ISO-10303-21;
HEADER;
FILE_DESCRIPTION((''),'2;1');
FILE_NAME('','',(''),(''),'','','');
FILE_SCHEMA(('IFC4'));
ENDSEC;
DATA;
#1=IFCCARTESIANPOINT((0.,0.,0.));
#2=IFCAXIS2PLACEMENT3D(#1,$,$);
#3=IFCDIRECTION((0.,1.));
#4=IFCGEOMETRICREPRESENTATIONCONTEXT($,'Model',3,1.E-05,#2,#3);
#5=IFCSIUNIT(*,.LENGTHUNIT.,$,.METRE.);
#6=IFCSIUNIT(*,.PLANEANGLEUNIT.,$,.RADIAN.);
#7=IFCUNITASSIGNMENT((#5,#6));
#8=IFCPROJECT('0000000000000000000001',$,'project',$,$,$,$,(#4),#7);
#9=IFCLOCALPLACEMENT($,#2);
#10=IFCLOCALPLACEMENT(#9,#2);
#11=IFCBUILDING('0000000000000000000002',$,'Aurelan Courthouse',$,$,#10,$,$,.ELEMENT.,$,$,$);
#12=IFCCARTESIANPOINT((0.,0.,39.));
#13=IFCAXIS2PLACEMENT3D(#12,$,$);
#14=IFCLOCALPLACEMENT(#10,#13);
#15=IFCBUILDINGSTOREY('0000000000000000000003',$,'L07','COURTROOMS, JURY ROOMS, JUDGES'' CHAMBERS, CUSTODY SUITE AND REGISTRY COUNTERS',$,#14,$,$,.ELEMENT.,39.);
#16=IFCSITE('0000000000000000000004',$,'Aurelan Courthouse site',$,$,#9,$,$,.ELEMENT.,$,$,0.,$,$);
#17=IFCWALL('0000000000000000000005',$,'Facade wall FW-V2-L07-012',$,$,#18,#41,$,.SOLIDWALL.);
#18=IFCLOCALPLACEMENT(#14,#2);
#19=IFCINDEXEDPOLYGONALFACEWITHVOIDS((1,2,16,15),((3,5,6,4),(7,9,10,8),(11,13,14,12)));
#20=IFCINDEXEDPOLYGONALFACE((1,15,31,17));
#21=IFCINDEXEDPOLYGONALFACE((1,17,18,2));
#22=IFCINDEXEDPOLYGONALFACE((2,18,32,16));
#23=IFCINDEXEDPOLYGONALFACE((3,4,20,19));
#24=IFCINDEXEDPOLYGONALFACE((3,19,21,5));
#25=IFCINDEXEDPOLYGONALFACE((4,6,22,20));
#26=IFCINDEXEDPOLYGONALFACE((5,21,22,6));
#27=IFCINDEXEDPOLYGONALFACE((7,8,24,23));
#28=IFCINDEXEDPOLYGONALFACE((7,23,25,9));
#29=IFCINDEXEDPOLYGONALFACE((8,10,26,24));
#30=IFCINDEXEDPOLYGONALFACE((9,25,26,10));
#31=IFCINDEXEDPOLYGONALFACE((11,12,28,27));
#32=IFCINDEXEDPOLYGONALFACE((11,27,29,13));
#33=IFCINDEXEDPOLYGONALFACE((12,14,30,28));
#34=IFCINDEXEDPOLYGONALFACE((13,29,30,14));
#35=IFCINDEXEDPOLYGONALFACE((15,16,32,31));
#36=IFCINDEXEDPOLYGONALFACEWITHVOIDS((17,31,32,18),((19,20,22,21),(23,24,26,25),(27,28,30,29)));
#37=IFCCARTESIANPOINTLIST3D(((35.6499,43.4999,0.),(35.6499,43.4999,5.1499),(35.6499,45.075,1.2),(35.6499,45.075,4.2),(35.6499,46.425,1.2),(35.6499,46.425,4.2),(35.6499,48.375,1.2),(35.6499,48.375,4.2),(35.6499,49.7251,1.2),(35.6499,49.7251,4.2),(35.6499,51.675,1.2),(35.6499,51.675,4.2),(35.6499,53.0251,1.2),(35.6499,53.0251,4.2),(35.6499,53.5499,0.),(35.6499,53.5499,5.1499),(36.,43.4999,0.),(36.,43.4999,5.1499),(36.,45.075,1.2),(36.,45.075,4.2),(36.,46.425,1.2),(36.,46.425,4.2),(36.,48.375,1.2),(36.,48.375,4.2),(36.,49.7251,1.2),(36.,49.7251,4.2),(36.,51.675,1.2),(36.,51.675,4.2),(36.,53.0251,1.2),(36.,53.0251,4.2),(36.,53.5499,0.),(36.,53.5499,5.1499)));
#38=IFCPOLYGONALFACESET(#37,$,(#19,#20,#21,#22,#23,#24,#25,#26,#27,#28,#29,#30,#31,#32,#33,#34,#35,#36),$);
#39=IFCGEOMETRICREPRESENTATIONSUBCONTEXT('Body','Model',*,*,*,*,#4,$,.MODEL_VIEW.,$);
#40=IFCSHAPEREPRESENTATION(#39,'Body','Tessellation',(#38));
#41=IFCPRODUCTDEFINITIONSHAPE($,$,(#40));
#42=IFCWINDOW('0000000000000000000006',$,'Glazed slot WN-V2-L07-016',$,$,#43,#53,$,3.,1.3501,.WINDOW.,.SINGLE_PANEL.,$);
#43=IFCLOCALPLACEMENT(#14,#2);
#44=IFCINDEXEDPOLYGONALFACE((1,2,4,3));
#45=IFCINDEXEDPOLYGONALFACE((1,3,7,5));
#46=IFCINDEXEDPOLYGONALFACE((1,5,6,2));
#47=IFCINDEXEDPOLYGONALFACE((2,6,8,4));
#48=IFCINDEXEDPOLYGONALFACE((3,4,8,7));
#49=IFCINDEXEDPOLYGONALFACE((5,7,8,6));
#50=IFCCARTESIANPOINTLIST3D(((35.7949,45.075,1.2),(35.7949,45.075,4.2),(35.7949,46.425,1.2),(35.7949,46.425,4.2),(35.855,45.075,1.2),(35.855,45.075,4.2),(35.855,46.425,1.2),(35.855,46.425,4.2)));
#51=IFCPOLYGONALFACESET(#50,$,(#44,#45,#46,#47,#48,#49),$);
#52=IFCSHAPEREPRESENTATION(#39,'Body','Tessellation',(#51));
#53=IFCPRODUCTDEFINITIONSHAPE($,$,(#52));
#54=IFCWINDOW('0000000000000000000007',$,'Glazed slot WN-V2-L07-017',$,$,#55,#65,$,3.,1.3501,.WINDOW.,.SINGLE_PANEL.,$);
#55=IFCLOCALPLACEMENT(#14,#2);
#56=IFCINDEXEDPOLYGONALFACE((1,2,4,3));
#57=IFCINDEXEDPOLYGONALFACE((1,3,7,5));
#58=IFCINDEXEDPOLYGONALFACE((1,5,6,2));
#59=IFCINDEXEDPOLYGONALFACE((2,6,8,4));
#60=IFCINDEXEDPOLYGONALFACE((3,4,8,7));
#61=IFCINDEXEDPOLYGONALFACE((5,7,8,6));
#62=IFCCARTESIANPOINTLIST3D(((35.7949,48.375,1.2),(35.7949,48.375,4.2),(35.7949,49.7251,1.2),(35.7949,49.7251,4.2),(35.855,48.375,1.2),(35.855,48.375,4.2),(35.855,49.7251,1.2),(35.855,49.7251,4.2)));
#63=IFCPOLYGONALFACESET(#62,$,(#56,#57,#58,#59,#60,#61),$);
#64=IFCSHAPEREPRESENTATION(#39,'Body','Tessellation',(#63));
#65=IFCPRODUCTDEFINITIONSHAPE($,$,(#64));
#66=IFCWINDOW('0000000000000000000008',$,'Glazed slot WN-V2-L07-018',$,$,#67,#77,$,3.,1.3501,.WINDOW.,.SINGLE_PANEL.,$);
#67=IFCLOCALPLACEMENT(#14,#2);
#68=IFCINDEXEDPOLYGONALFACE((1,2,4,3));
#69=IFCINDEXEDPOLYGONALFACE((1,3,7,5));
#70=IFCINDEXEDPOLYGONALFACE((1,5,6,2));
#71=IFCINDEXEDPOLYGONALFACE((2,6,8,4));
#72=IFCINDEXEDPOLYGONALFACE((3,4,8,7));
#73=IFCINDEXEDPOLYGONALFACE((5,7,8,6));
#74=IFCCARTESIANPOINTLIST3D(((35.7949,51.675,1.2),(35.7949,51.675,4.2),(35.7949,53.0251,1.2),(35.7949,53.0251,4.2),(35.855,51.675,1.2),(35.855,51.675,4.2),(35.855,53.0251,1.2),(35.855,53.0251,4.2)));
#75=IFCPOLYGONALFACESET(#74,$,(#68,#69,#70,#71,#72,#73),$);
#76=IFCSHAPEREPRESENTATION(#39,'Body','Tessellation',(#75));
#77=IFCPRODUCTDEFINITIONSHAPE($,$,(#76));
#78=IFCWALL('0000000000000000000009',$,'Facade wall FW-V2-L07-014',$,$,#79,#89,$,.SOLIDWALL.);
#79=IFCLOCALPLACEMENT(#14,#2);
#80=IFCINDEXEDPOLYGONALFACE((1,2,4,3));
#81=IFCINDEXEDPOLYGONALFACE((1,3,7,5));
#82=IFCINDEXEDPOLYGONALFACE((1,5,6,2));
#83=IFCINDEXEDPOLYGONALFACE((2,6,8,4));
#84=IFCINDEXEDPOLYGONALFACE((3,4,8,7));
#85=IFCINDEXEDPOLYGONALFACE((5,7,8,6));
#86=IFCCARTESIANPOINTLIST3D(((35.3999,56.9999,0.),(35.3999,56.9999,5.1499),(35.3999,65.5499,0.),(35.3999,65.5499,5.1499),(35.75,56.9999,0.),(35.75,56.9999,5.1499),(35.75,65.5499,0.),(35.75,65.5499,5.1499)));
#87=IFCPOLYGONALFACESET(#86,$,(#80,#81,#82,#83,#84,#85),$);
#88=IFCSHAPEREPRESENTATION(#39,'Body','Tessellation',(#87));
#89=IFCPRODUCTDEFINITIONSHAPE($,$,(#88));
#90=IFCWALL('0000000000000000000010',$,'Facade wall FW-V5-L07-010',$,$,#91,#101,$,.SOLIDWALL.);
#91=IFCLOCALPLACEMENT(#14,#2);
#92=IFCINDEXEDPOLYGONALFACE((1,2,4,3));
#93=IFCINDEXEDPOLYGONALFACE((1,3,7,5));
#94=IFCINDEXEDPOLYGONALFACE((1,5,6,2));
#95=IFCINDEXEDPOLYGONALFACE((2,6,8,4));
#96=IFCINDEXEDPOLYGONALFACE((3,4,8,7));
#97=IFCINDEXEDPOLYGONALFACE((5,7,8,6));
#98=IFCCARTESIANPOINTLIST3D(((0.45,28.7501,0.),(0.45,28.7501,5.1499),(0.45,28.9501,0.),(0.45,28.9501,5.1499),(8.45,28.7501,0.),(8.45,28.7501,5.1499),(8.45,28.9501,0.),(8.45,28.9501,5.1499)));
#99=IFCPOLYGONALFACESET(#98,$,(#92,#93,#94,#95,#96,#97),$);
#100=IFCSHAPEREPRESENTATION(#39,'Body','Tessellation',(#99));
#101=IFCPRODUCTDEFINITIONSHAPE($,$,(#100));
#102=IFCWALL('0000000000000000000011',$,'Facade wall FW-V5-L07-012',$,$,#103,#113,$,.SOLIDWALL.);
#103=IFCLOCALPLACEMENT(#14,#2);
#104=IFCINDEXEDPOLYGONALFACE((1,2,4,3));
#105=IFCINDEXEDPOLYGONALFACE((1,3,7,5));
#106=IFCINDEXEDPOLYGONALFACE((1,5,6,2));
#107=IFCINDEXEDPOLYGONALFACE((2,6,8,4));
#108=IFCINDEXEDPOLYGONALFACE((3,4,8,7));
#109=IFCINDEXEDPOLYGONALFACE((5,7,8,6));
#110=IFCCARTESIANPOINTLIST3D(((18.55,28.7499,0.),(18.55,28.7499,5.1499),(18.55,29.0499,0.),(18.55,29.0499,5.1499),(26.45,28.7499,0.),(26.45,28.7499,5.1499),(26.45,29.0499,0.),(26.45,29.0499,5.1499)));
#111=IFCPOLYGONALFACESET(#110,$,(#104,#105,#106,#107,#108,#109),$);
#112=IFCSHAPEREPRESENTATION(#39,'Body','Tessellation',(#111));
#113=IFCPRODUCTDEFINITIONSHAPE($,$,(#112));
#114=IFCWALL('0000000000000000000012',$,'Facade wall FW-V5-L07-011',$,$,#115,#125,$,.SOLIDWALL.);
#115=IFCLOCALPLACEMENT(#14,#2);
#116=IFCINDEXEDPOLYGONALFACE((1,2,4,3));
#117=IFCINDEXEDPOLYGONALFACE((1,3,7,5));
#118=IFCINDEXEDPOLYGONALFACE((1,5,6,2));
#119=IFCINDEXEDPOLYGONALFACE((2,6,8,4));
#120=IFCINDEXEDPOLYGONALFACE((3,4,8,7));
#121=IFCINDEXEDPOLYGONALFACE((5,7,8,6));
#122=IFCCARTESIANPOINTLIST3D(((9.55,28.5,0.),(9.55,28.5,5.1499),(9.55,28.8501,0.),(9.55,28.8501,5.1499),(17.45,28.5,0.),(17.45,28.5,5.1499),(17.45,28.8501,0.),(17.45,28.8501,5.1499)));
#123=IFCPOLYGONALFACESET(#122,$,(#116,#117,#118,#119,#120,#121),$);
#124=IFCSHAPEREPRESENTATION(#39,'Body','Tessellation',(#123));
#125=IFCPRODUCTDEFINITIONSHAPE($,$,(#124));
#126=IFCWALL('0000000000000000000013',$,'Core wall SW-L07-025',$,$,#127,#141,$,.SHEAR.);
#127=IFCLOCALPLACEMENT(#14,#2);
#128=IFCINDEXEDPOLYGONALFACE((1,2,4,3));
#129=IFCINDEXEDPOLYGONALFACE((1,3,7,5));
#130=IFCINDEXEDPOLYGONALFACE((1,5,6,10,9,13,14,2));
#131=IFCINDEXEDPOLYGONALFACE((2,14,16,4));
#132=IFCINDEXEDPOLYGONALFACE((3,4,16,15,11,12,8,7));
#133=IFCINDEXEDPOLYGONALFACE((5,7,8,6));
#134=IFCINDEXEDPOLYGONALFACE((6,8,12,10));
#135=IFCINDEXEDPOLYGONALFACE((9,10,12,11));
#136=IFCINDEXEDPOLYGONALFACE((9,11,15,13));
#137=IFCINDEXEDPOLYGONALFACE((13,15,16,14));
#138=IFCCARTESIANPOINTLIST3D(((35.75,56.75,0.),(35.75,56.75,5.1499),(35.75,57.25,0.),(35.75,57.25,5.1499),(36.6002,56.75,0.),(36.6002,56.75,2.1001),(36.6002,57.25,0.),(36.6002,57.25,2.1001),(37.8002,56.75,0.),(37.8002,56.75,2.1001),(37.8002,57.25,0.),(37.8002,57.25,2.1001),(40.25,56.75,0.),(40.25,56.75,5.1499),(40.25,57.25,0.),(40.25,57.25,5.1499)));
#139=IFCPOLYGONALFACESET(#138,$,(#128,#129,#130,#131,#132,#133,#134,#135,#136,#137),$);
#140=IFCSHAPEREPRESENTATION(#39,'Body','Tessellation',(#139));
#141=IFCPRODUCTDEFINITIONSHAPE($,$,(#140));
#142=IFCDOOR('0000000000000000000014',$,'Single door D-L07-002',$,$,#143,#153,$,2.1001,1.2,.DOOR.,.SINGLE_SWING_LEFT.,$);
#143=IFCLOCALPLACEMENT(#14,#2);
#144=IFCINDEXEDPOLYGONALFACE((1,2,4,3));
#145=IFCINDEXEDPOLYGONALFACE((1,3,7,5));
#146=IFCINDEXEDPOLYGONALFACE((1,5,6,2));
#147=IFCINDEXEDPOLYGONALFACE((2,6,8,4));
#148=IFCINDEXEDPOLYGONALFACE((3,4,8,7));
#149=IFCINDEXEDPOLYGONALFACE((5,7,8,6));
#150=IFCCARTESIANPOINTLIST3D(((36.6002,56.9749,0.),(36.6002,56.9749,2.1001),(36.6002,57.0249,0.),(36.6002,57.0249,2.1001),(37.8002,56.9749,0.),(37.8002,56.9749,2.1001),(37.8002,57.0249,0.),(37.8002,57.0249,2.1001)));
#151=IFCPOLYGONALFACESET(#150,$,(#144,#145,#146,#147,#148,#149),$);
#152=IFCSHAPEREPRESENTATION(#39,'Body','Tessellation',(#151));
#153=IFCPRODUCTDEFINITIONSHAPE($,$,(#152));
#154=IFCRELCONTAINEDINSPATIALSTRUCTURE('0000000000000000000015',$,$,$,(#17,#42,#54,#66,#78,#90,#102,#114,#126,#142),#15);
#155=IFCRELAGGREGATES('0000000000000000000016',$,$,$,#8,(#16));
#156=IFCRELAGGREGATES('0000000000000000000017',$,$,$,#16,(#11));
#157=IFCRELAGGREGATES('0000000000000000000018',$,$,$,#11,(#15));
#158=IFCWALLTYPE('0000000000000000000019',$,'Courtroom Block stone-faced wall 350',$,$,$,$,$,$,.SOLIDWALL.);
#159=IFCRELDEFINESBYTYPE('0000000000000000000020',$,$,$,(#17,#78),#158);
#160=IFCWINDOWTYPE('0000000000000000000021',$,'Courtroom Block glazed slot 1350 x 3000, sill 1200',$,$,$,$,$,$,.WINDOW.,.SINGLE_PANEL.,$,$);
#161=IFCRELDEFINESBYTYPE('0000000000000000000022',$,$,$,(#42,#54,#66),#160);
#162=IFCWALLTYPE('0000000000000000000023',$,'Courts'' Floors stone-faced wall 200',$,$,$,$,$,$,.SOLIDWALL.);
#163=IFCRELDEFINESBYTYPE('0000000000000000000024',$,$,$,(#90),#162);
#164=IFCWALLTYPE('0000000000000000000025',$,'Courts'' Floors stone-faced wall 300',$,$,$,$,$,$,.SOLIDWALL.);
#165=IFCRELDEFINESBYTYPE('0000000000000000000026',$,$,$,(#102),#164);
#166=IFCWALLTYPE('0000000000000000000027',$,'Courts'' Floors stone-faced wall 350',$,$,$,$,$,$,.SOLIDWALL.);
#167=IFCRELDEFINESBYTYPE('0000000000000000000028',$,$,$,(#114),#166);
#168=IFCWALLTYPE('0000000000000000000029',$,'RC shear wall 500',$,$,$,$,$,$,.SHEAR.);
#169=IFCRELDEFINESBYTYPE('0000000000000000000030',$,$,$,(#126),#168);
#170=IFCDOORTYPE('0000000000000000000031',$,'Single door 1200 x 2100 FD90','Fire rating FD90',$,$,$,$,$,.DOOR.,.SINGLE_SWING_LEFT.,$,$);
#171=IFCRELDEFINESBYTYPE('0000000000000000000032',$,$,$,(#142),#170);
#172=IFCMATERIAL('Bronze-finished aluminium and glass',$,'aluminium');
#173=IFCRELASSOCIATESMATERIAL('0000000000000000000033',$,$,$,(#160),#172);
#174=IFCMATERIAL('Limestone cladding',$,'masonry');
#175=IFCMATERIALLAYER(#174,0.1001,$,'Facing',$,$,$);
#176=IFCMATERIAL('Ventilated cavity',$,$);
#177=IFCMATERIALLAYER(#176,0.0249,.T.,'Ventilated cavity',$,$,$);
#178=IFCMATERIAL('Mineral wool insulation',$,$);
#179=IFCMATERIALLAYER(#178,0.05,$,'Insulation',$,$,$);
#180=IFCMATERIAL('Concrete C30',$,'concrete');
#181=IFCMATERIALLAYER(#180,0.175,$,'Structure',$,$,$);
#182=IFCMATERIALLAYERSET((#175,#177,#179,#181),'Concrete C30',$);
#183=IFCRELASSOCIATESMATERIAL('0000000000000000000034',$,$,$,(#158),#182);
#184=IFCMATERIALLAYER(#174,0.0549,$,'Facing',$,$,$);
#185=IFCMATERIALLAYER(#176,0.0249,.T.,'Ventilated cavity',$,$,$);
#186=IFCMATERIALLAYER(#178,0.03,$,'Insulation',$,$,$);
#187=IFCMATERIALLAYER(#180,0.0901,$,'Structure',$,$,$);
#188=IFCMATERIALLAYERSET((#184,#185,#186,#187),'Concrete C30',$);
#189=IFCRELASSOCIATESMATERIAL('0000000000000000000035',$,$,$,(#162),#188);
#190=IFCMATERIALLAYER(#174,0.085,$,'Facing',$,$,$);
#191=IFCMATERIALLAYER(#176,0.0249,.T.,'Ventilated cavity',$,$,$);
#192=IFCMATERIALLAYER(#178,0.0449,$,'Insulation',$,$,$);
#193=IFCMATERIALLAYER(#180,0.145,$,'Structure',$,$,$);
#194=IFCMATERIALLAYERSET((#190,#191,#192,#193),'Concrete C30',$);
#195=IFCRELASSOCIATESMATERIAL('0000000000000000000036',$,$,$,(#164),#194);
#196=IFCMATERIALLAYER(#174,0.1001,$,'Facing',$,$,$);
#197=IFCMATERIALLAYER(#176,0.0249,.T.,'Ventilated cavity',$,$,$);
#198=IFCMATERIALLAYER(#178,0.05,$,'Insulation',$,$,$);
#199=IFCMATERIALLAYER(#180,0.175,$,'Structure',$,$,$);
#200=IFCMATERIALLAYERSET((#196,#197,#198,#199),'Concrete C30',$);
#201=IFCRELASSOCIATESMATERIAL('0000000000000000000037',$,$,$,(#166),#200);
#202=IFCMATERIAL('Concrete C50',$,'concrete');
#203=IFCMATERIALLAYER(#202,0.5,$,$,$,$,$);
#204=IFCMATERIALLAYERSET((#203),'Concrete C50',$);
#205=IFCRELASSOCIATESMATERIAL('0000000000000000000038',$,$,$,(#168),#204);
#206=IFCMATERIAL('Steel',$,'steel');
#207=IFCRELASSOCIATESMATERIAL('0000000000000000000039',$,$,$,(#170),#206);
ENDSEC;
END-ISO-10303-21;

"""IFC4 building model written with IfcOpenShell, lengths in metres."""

from ifc_helpers import new_model, si_unit, direction, frame, frame_2d, origin, place, context, subcontext, project, spatial, rectangle, extrude, material, layer, layer_set, type_object, element, fill, save


model = new_model("IFC4")

# Units and contexts
model_context = context("Model", 3, precision=1e-05, world=origin(), true_north=direction((0.0, 1.0)))
body_context = subcontext(model_context, "Body", "Model", "MODEL_VIEW")
ifc_project = project(units=[si_unit("LENGTHUNIT", "METRE"), si_unit("PLANEANGLEUNIT", "RADIAN")], contexts=[model_context])

# Site, building, storey
site_placement = place(None, origin())
site = spatial("IfcSite", under=ifc_project, at=site_placement, Name="Aurelan Courthouse site", CompositionType="ELEMENT", RefElevation=0.0)
building_placement = place(site_placement, origin())
building = spatial("IfcBuilding", under=site, at=building_placement, Name="Aurelan Courthouse", CompositionType="ELEMENT")
storey_placement = place(building_placement, frame((0.0, 0.0, 39.0)))
storey = spatial("IfcBuildingStorey", under=building, at=storey_placement, Name="L07", Description="COURTROOMS, JURY ROOMS, JUDGES' CHAMBERS, CUSTODY SUITE AND REGISTRY COUNTERS", CompositionType="ELEMENT", Elevation=39.0)

# Shared definitions
ifc_material_1 = material(Name="Concrete C50", Category="concrete")

# Shared definitions
ifc_material_2 = material(Name="Limestone cladding", Category="masonry")
ifc_material_3 = material(Name="Ventilated cavity")
ifc_material_4 = material(Name="Mineral wool insulation")
ifc_material_5 = material(Name="Concrete C30", Category="concrete")
ifc_material_6 = material(Name="Bronze-finished aluminium and glass", Category="aluminium")
window_type = type_object("IfcWindowType", Name="Courtroom Block glazed slot 1350 x 3000, sill 1200", PartitioningType="SINGLE_PANEL", PredefinedType="WINDOW", material=ifc_material_6)

# Wall, openings, windows
ifc_layer_1 = layer(ifc_material_2, 0.1001, Name="Facing")
ifc_layer_2 = layer(ifc_material_3, 0.0249, ventilated=True, Name="Ventilated cavity")
ifc_layer_3 = layer(ifc_material_4, 0.05, Name="Insulation")
ifc_layer_4 = layer(ifc_material_5, 0.175, Name="Structure")
ifc_layer_set_1 = layer_set([ifc_layer_1, ifc_layer_2, ifc_layer_3, ifc_layer_4], Name="Concrete C30")
wall_type_1 = type_object("IfcWallType", Name="Courtroom Block stone-faced wall 350", PredefinedType="SOLIDWALL", material=ifc_layer_set_1)
wall_1_placement = place(storey_placement, frame((35.825, 43.5, 0.0), z_axis=(0.0, 0.0, 1.0), x_axis=(0.0, 1.0, 0.0)))
wall_1 = element("IfcWall", 1, at=wall_1_placement, inside=storey, type_object=wall_type_1, Name="Facade wall FW-V2-L07-012", PredefinedType="SOLIDWALL", context=body_context, shape_type="SweptSolid", body=[
    extrude(rectangle(XDim=10.05, YDim=0.3501, at=frame_2d((5.0249, 0.0))), origin(), (0.0, 0.0, 1.0), 5.1499),
])
opening_1_placement = place(wall_1_placement, frame((1.575, 0.0, 1.2)))
opening_1 = element("IfcOpeningElement", 2, at=opening_1_placement, cuts=wall_1, PredefinedType="OPENING", context=body_context, shape_type="SweptSolid", body=[
    extrude(rectangle(XDim=1.3501, YDim=3.0, at=frame_2d((0.675, 1.5))), frame((0.0, 0.1851, 0.0), z_axis=(0.0, -1.0, 0.0), x_axis=(1.0, 0.0, 0.0)), (0.0, 0.0, 1.0), 0.3701),
])
opening_2_placement = place(wall_1_placement, frame((4.875, 0.0, 1.2)))
opening_2 = element("IfcOpeningElement", 3, at=opening_2_placement, cuts=wall_1, PredefinedType="OPENING", context=body_context, shape_type="SweptSolid", body=[
    extrude(rectangle(XDim=1.3501, YDim=3.0, at=frame_2d((0.675, 1.5))), frame((0.0, 0.1851, 0.0), z_axis=(0.0, -1.0, 0.0), x_axis=(1.0, 0.0, 0.0)), (0.0, 0.0, 1.0), 0.3701),
])
opening_3_placement = place(wall_1_placement, frame((8.175, 0.0, 1.2)))
opening_3 = element("IfcOpeningElement", 4, at=opening_3_placement, cuts=wall_1, PredefinedType="OPENING", context=body_context, shape_type="SweptSolid", body=[
    extrude(rectangle(XDim=1.3501, YDim=3.0, at=frame_2d((0.675, 1.5))), frame((0.0, 0.1851, 0.0), z_axis=(0.0, -1.0, 0.0), x_axis=(1.0, 0.0, 0.0)), (0.0, 0.0, 1.0), 0.3701),
])
window_1_placement = place(opening_1_placement, origin())
window_1 = element("IfcWindow", 5, at=window_1_placement, inside=storey, type_object=window_type, Name="Glazed slot WN-V2-L07-016", OverallHeight=3.0, OverallWidth=1.3501, PartitioningType="SINGLE_PANEL", PredefinedType="WINDOW", context=body_context, shape_type="SweptSolid", body=[
    extrude(rectangle(XDim=1.3501, YDim=3.0, at=frame_2d((0.675, 1.5))), frame((0.0, 0.03, 0.0), z_axis=(0.0, -1.0, 0.0), x_axis=(1.0, 0.0, 0.0)), (0.0, 0.0, 1.0), 0.0601),
])
fill(opening_1, window_1)
window_2_placement = place(opening_2_placement, origin())
window_2 = element("IfcWindow", 6, at=window_2_placement, inside=storey, type_object=window_type, Name="Glazed slot WN-V2-L07-017", OverallHeight=3.0, OverallWidth=1.3501, PartitioningType="SINGLE_PANEL", PredefinedType="WINDOW", context=body_context, shape_type="SweptSolid", body=[
    extrude(rectangle(XDim=1.3501, YDim=3.0, at=frame_2d((0.675, 1.5))), frame((0.0, 0.03, 0.0), z_axis=(0.0, -1.0, 0.0), x_axis=(1.0, 0.0, 0.0)), (0.0, 0.0, 1.0), 0.0601),
])
fill(opening_2, window_2)
window_3_placement = place(opening_3_placement, origin())
window_3 = element("IfcWindow", 7, at=window_3_placement, inside=storey, type_object=window_type, Name="Glazed slot WN-V2-L07-018", OverallHeight=3.0, OverallWidth=1.3501, PartitioningType="SINGLE_PANEL", PredefinedType="WINDOW", context=body_context, shape_type="SweptSolid", body=[
    extrude(rectangle(XDim=1.3501, YDim=3.0, at=frame_2d((0.675, 1.5))), frame((0.0, 0.03, 0.0), z_axis=(0.0, -1.0, 0.0), x_axis=(1.0, 0.0, 0.0)), (0.0, 0.0, 1.0), 0.0601),
])
fill(opening_3, window_3)

# Walls
wall_2_placement = place(storey_placement, frame((35.575, 57.0, 0.0), z_axis=(0.0, 0.0, 1.0), x_axis=(0.0, 1.0, 0.0)))
element("IfcWall", 8, at=wall_2_placement, inside=storey, type_object=wall_type_1, Name="Facade wall FW-V2-L07-014", PredefinedType="SOLIDWALL", context=body_context, shape_type="SweptSolid", body=[
    extrude(rectangle(XDim=8.55, YDim=0.3501, at=frame_2d((4.2749, 0.0))), origin(), (0.0, 0.0, 1.0), 5.1499),
])
ifc_layer_5 = layer(ifc_material_2, 0.0549, Name="Facing")
ifc_layer_6 = layer(ifc_material_3, 0.0249, ventilated=True, Name="Ventilated cavity")
ifc_layer_7 = layer(ifc_material_4, 0.03, Name="Insulation")
ifc_layer_8 = layer(ifc_material_5, 0.0901, Name="Structure")
ifc_layer_set_2 = layer_set([ifc_layer_5, ifc_layer_6, ifc_layer_7, ifc_layer_8], Name="Concrete C30")
wall_type_2 = type_object("IfcWallType", Name="Courts' Floors stone-faced wall 200", PredefinedType="SOLIDWALL", material=ifc_layer_set_2)
wall_3_placement = place(storey_placement, frame((0.45, 28.8501, 0.0), z_axis=(0.0, 0.0, 1.0), x_axis=(1.0, 0.0, 0.0)))
element("IfcWall", 9, at=wall_3_placement, inside=storey, type_object=wall_type_2, Name="Facade wall FW-V5-L07-010", PredefinedType="SOLIDWALL", context=body_context, shape_type="SweptSolid", body=[
    extrude(rectangle(XDim=8.0, YDim=0.2, at=frame_2d((4.0, 0.0))), origin(), (0.0, 0.0, 1.0), 5.1499),
])
ifc_layer_9 = layer(ifc_material_2, 0.085, Name="Facing")
ifc_layer_10 = layer(ifc_material_3, 0.0249, ventilated=True, Name="Ventilated cavity")
ifc_layer_11 = layer(ifc_material_4, 0.0449, Name="Insulation")
ifc_layer_12 = layer(ifc_material_5, 0.145, Name="Structure")
ifc_layer_set_3 = layer_set([ifc_layer_9, ifc_layer_10, ifc_layer_11, ifc_layer_12], Name="Concrete C30")
wall_type_3 = type_object("IfcWallType", Name="Courts' Floors stone-faced wall 300", PredefinedType="SOLIDWALL", material=ifc_layer_set_3)
wall_4_placement = place(storey_placement, frame((18.55, 28.8999, 0.0), z_axis=(0.0, 0.0, 1.0), x_axis=(1.0, 0.0, 0.0)))
element("IfcWall", 10, at=wall_4_placement, inside=storey, type_object=wall_type_3, Name="Facade wall FW-V5-L07-012", PredefinedType="SOLIDWALL", context=body_context, shape_type="SweptSolid", body=[
    extrude(rectangle(XDim=7.8999, YDim=0.3, at=frame_2d((3.95, 0.0))), origin(), (0.0, 0.0, 1.0), 5.1499),
])
ifc_layer_13 = layer(ifc_material_2, 0.1001, Name="Facing")
ifc_layer_14 = layer(ifc_material_3, 0.0249, ventilated=True, Name="Ventilated cavity")
ifc_layer_15 = layer(ifc_material_4, 0.05, Name="Insulation")
ifc_layer_16 = layer(ifc_material_5, 0.175, Name="Structure")
ifc_layer_set_4 = layer_set([ifc_layer_13, ifc_layer_14, ifc_layer_15, ifc_layer_16], Name="Concrete C30")
wall_type_4 = type_object("IfcWallType", Name="Courts' Floors stone-faced wall 350", PredefinedType="SOLIDWALL", material=ifc_layer_set_4)
wall_5_placement = place(storey_placement, frame((9.55, 28.675, 0.0), z_axis=(0.0, 0.0, 1.0), x_axis=(1.0, 0.0, 0.0)))
element("IfcWall", 11, at=wall_5_placement, inside=storey, type_object=wall_type_4, Name="Facade wall FW-V5-L07-011", PredefinedType="SOLIDWALL", context=body_context, shape_type="SweptSolid", body=[
    extrude(rectangle(XDim=7.8999, YDim=0.3501, at=frame_2d((3.95, 0.0))), origin(), (0.0, 0.0, 1.0), 5.1499),
])

# Wall, opening, door
ifc_layer_17 = layer(ifc_material_1, 0.5)
ifc_layer_set_5 = layer_set([ifc_layer_17], Name="Concrete C50")
wall_type_5 = type_object("IfcWallType", Name="RC shear wall 500", PredefinedType="SHEAR", material=ifc_layer_set_5)
wall_6_placement = place(storey_placement, frame((35.75, 57.0, 0.0), z_axis=(0.0, 0.0, 1.0), x_axis=(1.0, 0.0, 0.0)))
wall_6 = element("IfcWall", 12, at=wall_6_placement, inside=storey, type_object=wall_type_5, Name="Core wall SW-L07-025", PredefinedType="SHEAR", context=body_context, shape_type="SweptSolid", body=[
    extrude(rectangle(XDim=4.5, YDim=0.5, at=frame_2d((2.25, 0.0))), origin(), (0.0, 0.0, 1.0), 5.1499),
])
opening_4_placement = place(wall_6_placement, frame((0.8501, 0.0, 0.0)))
opening_4 = element("IfcOpeningElement", 13, at=opening_4_placement, cuts=wall_6, PredefinedType="OPENING", context=body_context, shape_type="SweptSolid", body=[
    extrude(rectangle(XDim=1.2, YDim=2.1001, at=frame_2d((0.6001, 1.05))), frame((0.0, 0.26, 0.0), z_axis=(0.0, -1.0, 0.0), x_axis=(1.0, 0.0, 0.0)), (0.0, 0.0, 1.0), 0.52),
])
ifc_material_7 = material(Name="Steel", Category="steel")
door_type = type_object("IfcDoorType", Name="Single door 1200 x 2100 FD90", Description="Fire rating FD90", OperationType="SINGLE_SWING_LEFT", PredefinedType="DOOR", material=ifc_material_7)
door_placement = place(opening_4_placement, origin())
door = element("IfcDoor", 14, at=door_placement, inside=storey, type_object=door_type, Name="Single door D-L07-002", OperationType="SINGLE_SWING_LEFT", OverallHeight=2.1001, OverallWidth=1.2, PredefinedType="DOOR", context=body_context, shape_type="SweptSolid", body=[
    extrude(rectangle(XDim=1.2, YDim=2.1001, at=frame_2d((0.6001, 1.05))), frame((0.0, 0.0249, 0.0), z_axis=(0.0, -1.0, 0.0), x_axis=(1.0, 0.0, 0.0)), (0.0, 0.0, 1.0), 0.05),
])
fill(opening_4, door)

save(model, "model.ifc")
